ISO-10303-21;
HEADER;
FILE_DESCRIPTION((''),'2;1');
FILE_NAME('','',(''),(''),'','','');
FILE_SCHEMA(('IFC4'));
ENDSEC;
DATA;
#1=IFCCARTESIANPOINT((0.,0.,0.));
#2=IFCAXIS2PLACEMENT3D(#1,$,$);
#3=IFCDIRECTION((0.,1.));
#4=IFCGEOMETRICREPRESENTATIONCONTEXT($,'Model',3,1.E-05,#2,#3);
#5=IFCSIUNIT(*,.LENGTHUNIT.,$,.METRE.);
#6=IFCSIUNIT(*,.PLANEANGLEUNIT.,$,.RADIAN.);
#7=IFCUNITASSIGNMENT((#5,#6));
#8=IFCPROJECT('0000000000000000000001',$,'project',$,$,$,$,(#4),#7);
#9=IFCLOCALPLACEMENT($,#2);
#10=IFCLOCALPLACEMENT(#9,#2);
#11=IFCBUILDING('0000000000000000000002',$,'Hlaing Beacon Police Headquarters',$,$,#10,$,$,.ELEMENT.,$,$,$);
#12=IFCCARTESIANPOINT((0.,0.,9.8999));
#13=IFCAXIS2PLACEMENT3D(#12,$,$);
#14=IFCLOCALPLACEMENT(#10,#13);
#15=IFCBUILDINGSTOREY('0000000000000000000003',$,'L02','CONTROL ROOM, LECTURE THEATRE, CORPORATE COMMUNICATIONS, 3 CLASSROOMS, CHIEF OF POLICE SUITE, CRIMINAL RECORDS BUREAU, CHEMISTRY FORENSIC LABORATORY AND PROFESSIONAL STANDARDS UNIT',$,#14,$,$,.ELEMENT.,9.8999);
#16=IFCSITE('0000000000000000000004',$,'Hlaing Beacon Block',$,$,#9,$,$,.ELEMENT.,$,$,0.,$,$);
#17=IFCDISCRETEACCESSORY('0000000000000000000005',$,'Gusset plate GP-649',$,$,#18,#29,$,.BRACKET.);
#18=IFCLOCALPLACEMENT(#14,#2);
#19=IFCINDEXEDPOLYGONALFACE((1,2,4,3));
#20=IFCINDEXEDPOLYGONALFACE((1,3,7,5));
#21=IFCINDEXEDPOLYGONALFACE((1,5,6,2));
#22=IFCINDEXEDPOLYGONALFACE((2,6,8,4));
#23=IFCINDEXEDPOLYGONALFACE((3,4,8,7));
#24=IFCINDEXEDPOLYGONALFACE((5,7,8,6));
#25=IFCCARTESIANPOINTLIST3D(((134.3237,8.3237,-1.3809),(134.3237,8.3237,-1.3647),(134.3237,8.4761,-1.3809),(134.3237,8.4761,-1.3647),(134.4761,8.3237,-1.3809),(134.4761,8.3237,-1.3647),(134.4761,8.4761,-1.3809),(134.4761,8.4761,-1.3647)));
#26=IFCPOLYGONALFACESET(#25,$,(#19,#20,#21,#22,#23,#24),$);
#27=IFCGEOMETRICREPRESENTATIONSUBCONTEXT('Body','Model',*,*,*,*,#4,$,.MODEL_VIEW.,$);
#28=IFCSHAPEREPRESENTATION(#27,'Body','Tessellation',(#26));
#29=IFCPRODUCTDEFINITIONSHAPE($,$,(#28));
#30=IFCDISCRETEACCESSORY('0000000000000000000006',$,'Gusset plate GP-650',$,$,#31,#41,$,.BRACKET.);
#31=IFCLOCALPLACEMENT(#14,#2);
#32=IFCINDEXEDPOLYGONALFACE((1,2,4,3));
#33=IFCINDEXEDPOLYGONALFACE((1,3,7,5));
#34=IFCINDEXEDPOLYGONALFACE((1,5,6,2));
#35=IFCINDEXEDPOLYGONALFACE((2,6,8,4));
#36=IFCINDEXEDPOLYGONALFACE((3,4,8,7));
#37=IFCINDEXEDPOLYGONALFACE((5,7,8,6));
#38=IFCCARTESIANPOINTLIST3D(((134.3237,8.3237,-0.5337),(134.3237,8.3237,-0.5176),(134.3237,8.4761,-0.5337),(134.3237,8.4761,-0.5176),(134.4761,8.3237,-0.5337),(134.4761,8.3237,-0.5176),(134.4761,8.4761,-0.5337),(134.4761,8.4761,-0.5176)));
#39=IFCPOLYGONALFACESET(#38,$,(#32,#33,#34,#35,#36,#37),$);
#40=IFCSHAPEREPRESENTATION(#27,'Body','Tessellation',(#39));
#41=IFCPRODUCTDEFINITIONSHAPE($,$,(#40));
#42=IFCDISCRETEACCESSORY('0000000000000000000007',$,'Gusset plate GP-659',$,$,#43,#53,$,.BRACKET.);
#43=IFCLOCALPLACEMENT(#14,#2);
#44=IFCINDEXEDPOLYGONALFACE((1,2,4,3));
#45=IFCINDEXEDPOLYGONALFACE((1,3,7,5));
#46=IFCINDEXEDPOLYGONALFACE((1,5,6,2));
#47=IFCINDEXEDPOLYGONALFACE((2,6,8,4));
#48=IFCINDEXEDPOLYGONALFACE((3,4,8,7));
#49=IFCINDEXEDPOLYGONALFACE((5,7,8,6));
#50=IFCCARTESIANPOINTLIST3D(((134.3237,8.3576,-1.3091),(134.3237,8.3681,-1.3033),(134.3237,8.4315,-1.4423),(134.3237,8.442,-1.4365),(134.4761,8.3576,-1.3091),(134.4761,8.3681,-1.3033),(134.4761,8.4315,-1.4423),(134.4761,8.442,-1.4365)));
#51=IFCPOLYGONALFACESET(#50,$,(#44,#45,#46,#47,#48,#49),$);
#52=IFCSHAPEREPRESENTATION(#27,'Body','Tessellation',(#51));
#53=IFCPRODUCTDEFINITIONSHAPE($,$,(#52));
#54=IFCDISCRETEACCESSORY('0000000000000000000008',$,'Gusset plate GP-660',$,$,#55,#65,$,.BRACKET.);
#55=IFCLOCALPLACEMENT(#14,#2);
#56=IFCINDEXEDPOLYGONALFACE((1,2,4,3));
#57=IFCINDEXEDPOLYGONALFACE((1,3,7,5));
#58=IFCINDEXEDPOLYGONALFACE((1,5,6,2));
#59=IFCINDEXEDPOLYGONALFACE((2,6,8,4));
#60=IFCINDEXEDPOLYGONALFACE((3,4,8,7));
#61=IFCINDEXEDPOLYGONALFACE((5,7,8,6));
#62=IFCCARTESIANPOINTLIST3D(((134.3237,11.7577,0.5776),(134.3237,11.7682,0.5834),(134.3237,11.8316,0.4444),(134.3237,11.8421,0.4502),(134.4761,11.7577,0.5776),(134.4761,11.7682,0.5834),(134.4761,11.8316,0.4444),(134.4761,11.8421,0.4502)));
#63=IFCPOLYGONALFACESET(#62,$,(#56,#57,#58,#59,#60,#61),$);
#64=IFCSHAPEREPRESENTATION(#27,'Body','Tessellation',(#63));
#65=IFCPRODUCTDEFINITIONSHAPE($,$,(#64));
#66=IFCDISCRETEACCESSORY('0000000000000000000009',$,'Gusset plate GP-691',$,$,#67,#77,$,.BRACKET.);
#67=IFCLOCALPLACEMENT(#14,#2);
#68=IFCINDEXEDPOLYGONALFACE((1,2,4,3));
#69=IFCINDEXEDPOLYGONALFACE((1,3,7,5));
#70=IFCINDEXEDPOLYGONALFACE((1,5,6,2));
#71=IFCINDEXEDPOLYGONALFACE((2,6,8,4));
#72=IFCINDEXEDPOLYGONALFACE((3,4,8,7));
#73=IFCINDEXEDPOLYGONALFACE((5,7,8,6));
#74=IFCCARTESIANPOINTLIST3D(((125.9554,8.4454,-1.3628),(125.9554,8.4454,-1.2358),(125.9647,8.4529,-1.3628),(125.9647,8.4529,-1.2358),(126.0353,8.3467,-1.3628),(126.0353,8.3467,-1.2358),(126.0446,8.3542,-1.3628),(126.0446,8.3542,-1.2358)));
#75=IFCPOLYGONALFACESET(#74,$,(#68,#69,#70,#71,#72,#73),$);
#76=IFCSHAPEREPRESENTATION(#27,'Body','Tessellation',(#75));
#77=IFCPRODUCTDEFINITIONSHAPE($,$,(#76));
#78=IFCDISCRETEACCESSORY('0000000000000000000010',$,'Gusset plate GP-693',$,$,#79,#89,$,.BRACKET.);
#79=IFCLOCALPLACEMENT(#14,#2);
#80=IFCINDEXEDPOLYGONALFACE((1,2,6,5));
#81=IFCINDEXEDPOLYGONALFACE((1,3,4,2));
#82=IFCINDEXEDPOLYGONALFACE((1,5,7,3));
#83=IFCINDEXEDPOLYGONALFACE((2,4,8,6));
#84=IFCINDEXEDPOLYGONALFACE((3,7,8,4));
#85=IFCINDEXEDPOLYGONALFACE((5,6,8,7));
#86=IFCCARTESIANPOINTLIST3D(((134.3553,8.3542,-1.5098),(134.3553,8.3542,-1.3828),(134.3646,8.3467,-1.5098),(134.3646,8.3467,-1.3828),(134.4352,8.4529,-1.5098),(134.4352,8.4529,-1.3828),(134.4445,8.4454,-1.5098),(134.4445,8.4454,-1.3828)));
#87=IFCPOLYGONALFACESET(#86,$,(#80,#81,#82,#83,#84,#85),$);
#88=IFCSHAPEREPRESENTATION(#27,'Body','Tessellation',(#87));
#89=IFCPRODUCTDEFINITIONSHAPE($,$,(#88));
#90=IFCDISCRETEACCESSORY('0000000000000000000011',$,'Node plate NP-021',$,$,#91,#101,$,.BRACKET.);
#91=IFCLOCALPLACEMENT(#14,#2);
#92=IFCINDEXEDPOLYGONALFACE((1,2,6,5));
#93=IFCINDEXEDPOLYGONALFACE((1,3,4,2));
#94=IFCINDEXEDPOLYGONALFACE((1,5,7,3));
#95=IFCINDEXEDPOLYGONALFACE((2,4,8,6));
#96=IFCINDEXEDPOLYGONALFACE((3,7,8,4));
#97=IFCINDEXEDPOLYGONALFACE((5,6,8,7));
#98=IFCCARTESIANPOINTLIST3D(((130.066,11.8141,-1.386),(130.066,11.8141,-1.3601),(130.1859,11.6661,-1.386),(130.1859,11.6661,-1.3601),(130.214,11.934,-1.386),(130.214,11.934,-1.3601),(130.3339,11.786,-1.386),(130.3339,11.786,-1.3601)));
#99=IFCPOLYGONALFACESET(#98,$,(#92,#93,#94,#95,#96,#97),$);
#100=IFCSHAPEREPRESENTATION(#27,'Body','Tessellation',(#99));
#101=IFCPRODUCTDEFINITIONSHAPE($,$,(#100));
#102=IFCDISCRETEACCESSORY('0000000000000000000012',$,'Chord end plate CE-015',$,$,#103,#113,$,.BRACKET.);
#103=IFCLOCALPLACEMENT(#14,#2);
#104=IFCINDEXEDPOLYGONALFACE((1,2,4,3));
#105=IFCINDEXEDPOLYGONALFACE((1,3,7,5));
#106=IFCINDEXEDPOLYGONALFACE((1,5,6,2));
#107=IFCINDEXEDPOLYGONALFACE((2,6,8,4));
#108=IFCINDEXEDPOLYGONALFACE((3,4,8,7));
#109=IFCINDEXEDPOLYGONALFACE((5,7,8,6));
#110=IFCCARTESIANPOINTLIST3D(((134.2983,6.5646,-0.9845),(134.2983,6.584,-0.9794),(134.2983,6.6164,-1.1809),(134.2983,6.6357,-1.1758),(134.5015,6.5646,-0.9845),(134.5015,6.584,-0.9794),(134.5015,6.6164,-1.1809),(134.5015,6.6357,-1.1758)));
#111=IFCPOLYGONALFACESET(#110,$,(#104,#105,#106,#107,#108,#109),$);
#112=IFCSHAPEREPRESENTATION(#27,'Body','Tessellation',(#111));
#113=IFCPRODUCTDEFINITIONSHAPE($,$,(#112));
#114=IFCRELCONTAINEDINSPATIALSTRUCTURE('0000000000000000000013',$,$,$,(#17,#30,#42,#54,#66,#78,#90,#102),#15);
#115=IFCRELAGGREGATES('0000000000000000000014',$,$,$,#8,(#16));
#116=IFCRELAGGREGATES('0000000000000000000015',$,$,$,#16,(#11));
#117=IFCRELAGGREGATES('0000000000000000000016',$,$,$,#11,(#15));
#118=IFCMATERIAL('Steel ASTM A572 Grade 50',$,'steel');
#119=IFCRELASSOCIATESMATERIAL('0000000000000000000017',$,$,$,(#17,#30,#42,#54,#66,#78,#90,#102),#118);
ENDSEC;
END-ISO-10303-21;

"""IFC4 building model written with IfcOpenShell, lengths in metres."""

from ifc_helpers import new_model, si_unit, direction, frame, origin, origin_2d, place, context, subcontext, project, spatial, rectangle, extrude, material, element, save


model = new_model("IFC4")

# Units and contexts
model_context = context("Model", 3, precision=1e-05, world=origin(), true_north=direction((0.0, 1.0)))
body_context = subcontext(model_context, "Body", "Model", "MODEL_VIEW")
ifc_project = project(units=[si_unit("LENGTHUNIT", "METRE"), si_unit("PLANEANGLEUNIT", "RADIAN")], contexts=[model_context])

# Site, building, storey
site_placement = place(None, origin())
site = spatial("IfcSite", under=ifc_project, at=site_placement, Name="Hlaing Beacon Block", CompositionType="ELEMENT", RefElevation=0.0)
building_placement = place(site_placement, origin())
building = spatial("IfcBuilding", under=site, at=building_placement, Name="Hlaing Beacon Police Headquarters", CompositionType="ELEMENT")
storey_placement = place(building_placement, frame((0.0, 0.0, 9.8999)))
storey = spatial("IfcBuildingStorey", under=building, at=storey_placement, Name="L02", Description="CONTROL ROOM, LECTURE THEATRE, CORPORATE COMMUNICATIONS, 3 CLASSROOMS, CHIEF OF POLICE SUITE, CRIMINAL RECORDS BUREAU, CHEMISTRY FORENSIC LABORATORY AND PROFESSIONAL STANDARDS UNIT", CompositionType="ELEMENT", Elevation=9.8999)

# Discrete accessories
ifc_material_1 = material(Name="Steel ASTM A572 Grade 50", Category="steel")
for number, where, z_axis, x_axis, name in (
    (1, (134.3999, 8.3999, -1.3647), (0.0, 0.0, -1.0), (1.0, 0.0, 0.0), "Gusset plate GP-649"),
    (2, (134.3999, 8.3999, -0.5337), (0.0, 0.0, 1.0), (1.0, 0.0, 0.0), "Gusset plate GP-650"),
):
    element("IfcDiscreteAccessory", number, at=place(storey_placement, frame(where, z_axis=z_axis, x_axis=x_axis)), inside=storey, material=ifc_material_1, Name=name, PredefinedType="BRACKET", context=body_context, shape_type="SweptSolid", body=[
        extrude(rectangle(XDim=0.1523, YDim=0.1523, at=origin_2d()), origin(), (0.0, 0.0, 1.0), 0.0161),
    ])
for number, where, z_axis, x_axis, name in (
    (3, (134.3999, 8.405, -1.3699), (0.0, -0.874403, -0.4852), (1.0, 0.0, 0.0), "Gusset plate GP-659"),
    (4, (134.3999, 11.7947, 0.511), (0.0, 0.874403, 0.4852), (-1.0, 0.0, 0.0), "Gusset plate GP-660"),
):
    element("IfcDiscreteAccessory", number, at=place(storey_placement, frame(where, z_axis=z_axis, x_axis=x_axis)), inside=storey, material=ifc_material_1, Name=name, PredefinedType="BRACKET", context=body_context, shape_type="SweptSolid", body=[
        extrude(rectangle(XDim=0.1523, YDim=0.1523, at=origin_2d()), origin(), (0.0, 0.0, 1.0), 0.012),
    ])
for number, where, z_axis, x_axis, name in (
    (5, (126.0046, 8.4036, -1.2993), (-0.777239, -0.629205, 0.0), (0.629205, -0.777239, 0.0), "Gusset plate GP-691"),
    (6, (134.3953, 8.4036, -1.4463), (0.777239, -0.629205, 0.0), (0.629205, 0.777239, 0.0), "Gusset plate GP-693"),
):
    element("IfcDiscreteAccessory", number, at=place(storey_placement, frame(where, z_axis=z_axis, x_axis=x_axis)), inside=storey, material=ifc_material_1, Name=name, PredefinedType="BRACKET", context=body_context, shape_type="SweptSolid", body=[
        extrude(rectangle(XDim=0.127, YDim=0.127, at=origin_2d()), origin(), (0.0, 0.0, 1.0), 0.012),
    ])
discrete_accessory_1_placement = place(storey_placement, frame((130.2, 11.8, -1.386), z_axis=(0.0, 0.0, 1.0), x_axis=(0.777245, 0.629198, 0.0)))
element("IfcDiscreteAccessory", 7, at=discrete_accessory_1_placement, inside=storey, material=ifc_material_1, Name="Node plate NP-021", PredefinedType="BRACKET", context=body_context, shape_type="SweptSolid", body=[
    extrude(rectangle(XDim=0.1904, YDim=0.1904, at=origin_2d()), origin(), (0.0, 0.0, 1.0), 0.0259),
])
discrete_accessory_2_placement = place(storey_placement, frame((134.3999, 6.6099, -1.0776), z_axis=(0.0, -0.966978, -0.254861), x_axis=(1.0, 0.0, 0.0)))
element("IfcDiscreteAccessory", 8, at=discrete_accessory_2_placement, inside=storey, material=ifc_material_1, Name="Chord end plate CE-015", PredefinedType="BRACKET", context=body_context, shape_type="SweptSolid", body=[
    extrude(rectangle(XDim=0.2031, YDim=0.2031, at=origin_2d()), origin(), (0.0, 0.0, 1.0), 0.02),
])

save(model, "model.ifc")
